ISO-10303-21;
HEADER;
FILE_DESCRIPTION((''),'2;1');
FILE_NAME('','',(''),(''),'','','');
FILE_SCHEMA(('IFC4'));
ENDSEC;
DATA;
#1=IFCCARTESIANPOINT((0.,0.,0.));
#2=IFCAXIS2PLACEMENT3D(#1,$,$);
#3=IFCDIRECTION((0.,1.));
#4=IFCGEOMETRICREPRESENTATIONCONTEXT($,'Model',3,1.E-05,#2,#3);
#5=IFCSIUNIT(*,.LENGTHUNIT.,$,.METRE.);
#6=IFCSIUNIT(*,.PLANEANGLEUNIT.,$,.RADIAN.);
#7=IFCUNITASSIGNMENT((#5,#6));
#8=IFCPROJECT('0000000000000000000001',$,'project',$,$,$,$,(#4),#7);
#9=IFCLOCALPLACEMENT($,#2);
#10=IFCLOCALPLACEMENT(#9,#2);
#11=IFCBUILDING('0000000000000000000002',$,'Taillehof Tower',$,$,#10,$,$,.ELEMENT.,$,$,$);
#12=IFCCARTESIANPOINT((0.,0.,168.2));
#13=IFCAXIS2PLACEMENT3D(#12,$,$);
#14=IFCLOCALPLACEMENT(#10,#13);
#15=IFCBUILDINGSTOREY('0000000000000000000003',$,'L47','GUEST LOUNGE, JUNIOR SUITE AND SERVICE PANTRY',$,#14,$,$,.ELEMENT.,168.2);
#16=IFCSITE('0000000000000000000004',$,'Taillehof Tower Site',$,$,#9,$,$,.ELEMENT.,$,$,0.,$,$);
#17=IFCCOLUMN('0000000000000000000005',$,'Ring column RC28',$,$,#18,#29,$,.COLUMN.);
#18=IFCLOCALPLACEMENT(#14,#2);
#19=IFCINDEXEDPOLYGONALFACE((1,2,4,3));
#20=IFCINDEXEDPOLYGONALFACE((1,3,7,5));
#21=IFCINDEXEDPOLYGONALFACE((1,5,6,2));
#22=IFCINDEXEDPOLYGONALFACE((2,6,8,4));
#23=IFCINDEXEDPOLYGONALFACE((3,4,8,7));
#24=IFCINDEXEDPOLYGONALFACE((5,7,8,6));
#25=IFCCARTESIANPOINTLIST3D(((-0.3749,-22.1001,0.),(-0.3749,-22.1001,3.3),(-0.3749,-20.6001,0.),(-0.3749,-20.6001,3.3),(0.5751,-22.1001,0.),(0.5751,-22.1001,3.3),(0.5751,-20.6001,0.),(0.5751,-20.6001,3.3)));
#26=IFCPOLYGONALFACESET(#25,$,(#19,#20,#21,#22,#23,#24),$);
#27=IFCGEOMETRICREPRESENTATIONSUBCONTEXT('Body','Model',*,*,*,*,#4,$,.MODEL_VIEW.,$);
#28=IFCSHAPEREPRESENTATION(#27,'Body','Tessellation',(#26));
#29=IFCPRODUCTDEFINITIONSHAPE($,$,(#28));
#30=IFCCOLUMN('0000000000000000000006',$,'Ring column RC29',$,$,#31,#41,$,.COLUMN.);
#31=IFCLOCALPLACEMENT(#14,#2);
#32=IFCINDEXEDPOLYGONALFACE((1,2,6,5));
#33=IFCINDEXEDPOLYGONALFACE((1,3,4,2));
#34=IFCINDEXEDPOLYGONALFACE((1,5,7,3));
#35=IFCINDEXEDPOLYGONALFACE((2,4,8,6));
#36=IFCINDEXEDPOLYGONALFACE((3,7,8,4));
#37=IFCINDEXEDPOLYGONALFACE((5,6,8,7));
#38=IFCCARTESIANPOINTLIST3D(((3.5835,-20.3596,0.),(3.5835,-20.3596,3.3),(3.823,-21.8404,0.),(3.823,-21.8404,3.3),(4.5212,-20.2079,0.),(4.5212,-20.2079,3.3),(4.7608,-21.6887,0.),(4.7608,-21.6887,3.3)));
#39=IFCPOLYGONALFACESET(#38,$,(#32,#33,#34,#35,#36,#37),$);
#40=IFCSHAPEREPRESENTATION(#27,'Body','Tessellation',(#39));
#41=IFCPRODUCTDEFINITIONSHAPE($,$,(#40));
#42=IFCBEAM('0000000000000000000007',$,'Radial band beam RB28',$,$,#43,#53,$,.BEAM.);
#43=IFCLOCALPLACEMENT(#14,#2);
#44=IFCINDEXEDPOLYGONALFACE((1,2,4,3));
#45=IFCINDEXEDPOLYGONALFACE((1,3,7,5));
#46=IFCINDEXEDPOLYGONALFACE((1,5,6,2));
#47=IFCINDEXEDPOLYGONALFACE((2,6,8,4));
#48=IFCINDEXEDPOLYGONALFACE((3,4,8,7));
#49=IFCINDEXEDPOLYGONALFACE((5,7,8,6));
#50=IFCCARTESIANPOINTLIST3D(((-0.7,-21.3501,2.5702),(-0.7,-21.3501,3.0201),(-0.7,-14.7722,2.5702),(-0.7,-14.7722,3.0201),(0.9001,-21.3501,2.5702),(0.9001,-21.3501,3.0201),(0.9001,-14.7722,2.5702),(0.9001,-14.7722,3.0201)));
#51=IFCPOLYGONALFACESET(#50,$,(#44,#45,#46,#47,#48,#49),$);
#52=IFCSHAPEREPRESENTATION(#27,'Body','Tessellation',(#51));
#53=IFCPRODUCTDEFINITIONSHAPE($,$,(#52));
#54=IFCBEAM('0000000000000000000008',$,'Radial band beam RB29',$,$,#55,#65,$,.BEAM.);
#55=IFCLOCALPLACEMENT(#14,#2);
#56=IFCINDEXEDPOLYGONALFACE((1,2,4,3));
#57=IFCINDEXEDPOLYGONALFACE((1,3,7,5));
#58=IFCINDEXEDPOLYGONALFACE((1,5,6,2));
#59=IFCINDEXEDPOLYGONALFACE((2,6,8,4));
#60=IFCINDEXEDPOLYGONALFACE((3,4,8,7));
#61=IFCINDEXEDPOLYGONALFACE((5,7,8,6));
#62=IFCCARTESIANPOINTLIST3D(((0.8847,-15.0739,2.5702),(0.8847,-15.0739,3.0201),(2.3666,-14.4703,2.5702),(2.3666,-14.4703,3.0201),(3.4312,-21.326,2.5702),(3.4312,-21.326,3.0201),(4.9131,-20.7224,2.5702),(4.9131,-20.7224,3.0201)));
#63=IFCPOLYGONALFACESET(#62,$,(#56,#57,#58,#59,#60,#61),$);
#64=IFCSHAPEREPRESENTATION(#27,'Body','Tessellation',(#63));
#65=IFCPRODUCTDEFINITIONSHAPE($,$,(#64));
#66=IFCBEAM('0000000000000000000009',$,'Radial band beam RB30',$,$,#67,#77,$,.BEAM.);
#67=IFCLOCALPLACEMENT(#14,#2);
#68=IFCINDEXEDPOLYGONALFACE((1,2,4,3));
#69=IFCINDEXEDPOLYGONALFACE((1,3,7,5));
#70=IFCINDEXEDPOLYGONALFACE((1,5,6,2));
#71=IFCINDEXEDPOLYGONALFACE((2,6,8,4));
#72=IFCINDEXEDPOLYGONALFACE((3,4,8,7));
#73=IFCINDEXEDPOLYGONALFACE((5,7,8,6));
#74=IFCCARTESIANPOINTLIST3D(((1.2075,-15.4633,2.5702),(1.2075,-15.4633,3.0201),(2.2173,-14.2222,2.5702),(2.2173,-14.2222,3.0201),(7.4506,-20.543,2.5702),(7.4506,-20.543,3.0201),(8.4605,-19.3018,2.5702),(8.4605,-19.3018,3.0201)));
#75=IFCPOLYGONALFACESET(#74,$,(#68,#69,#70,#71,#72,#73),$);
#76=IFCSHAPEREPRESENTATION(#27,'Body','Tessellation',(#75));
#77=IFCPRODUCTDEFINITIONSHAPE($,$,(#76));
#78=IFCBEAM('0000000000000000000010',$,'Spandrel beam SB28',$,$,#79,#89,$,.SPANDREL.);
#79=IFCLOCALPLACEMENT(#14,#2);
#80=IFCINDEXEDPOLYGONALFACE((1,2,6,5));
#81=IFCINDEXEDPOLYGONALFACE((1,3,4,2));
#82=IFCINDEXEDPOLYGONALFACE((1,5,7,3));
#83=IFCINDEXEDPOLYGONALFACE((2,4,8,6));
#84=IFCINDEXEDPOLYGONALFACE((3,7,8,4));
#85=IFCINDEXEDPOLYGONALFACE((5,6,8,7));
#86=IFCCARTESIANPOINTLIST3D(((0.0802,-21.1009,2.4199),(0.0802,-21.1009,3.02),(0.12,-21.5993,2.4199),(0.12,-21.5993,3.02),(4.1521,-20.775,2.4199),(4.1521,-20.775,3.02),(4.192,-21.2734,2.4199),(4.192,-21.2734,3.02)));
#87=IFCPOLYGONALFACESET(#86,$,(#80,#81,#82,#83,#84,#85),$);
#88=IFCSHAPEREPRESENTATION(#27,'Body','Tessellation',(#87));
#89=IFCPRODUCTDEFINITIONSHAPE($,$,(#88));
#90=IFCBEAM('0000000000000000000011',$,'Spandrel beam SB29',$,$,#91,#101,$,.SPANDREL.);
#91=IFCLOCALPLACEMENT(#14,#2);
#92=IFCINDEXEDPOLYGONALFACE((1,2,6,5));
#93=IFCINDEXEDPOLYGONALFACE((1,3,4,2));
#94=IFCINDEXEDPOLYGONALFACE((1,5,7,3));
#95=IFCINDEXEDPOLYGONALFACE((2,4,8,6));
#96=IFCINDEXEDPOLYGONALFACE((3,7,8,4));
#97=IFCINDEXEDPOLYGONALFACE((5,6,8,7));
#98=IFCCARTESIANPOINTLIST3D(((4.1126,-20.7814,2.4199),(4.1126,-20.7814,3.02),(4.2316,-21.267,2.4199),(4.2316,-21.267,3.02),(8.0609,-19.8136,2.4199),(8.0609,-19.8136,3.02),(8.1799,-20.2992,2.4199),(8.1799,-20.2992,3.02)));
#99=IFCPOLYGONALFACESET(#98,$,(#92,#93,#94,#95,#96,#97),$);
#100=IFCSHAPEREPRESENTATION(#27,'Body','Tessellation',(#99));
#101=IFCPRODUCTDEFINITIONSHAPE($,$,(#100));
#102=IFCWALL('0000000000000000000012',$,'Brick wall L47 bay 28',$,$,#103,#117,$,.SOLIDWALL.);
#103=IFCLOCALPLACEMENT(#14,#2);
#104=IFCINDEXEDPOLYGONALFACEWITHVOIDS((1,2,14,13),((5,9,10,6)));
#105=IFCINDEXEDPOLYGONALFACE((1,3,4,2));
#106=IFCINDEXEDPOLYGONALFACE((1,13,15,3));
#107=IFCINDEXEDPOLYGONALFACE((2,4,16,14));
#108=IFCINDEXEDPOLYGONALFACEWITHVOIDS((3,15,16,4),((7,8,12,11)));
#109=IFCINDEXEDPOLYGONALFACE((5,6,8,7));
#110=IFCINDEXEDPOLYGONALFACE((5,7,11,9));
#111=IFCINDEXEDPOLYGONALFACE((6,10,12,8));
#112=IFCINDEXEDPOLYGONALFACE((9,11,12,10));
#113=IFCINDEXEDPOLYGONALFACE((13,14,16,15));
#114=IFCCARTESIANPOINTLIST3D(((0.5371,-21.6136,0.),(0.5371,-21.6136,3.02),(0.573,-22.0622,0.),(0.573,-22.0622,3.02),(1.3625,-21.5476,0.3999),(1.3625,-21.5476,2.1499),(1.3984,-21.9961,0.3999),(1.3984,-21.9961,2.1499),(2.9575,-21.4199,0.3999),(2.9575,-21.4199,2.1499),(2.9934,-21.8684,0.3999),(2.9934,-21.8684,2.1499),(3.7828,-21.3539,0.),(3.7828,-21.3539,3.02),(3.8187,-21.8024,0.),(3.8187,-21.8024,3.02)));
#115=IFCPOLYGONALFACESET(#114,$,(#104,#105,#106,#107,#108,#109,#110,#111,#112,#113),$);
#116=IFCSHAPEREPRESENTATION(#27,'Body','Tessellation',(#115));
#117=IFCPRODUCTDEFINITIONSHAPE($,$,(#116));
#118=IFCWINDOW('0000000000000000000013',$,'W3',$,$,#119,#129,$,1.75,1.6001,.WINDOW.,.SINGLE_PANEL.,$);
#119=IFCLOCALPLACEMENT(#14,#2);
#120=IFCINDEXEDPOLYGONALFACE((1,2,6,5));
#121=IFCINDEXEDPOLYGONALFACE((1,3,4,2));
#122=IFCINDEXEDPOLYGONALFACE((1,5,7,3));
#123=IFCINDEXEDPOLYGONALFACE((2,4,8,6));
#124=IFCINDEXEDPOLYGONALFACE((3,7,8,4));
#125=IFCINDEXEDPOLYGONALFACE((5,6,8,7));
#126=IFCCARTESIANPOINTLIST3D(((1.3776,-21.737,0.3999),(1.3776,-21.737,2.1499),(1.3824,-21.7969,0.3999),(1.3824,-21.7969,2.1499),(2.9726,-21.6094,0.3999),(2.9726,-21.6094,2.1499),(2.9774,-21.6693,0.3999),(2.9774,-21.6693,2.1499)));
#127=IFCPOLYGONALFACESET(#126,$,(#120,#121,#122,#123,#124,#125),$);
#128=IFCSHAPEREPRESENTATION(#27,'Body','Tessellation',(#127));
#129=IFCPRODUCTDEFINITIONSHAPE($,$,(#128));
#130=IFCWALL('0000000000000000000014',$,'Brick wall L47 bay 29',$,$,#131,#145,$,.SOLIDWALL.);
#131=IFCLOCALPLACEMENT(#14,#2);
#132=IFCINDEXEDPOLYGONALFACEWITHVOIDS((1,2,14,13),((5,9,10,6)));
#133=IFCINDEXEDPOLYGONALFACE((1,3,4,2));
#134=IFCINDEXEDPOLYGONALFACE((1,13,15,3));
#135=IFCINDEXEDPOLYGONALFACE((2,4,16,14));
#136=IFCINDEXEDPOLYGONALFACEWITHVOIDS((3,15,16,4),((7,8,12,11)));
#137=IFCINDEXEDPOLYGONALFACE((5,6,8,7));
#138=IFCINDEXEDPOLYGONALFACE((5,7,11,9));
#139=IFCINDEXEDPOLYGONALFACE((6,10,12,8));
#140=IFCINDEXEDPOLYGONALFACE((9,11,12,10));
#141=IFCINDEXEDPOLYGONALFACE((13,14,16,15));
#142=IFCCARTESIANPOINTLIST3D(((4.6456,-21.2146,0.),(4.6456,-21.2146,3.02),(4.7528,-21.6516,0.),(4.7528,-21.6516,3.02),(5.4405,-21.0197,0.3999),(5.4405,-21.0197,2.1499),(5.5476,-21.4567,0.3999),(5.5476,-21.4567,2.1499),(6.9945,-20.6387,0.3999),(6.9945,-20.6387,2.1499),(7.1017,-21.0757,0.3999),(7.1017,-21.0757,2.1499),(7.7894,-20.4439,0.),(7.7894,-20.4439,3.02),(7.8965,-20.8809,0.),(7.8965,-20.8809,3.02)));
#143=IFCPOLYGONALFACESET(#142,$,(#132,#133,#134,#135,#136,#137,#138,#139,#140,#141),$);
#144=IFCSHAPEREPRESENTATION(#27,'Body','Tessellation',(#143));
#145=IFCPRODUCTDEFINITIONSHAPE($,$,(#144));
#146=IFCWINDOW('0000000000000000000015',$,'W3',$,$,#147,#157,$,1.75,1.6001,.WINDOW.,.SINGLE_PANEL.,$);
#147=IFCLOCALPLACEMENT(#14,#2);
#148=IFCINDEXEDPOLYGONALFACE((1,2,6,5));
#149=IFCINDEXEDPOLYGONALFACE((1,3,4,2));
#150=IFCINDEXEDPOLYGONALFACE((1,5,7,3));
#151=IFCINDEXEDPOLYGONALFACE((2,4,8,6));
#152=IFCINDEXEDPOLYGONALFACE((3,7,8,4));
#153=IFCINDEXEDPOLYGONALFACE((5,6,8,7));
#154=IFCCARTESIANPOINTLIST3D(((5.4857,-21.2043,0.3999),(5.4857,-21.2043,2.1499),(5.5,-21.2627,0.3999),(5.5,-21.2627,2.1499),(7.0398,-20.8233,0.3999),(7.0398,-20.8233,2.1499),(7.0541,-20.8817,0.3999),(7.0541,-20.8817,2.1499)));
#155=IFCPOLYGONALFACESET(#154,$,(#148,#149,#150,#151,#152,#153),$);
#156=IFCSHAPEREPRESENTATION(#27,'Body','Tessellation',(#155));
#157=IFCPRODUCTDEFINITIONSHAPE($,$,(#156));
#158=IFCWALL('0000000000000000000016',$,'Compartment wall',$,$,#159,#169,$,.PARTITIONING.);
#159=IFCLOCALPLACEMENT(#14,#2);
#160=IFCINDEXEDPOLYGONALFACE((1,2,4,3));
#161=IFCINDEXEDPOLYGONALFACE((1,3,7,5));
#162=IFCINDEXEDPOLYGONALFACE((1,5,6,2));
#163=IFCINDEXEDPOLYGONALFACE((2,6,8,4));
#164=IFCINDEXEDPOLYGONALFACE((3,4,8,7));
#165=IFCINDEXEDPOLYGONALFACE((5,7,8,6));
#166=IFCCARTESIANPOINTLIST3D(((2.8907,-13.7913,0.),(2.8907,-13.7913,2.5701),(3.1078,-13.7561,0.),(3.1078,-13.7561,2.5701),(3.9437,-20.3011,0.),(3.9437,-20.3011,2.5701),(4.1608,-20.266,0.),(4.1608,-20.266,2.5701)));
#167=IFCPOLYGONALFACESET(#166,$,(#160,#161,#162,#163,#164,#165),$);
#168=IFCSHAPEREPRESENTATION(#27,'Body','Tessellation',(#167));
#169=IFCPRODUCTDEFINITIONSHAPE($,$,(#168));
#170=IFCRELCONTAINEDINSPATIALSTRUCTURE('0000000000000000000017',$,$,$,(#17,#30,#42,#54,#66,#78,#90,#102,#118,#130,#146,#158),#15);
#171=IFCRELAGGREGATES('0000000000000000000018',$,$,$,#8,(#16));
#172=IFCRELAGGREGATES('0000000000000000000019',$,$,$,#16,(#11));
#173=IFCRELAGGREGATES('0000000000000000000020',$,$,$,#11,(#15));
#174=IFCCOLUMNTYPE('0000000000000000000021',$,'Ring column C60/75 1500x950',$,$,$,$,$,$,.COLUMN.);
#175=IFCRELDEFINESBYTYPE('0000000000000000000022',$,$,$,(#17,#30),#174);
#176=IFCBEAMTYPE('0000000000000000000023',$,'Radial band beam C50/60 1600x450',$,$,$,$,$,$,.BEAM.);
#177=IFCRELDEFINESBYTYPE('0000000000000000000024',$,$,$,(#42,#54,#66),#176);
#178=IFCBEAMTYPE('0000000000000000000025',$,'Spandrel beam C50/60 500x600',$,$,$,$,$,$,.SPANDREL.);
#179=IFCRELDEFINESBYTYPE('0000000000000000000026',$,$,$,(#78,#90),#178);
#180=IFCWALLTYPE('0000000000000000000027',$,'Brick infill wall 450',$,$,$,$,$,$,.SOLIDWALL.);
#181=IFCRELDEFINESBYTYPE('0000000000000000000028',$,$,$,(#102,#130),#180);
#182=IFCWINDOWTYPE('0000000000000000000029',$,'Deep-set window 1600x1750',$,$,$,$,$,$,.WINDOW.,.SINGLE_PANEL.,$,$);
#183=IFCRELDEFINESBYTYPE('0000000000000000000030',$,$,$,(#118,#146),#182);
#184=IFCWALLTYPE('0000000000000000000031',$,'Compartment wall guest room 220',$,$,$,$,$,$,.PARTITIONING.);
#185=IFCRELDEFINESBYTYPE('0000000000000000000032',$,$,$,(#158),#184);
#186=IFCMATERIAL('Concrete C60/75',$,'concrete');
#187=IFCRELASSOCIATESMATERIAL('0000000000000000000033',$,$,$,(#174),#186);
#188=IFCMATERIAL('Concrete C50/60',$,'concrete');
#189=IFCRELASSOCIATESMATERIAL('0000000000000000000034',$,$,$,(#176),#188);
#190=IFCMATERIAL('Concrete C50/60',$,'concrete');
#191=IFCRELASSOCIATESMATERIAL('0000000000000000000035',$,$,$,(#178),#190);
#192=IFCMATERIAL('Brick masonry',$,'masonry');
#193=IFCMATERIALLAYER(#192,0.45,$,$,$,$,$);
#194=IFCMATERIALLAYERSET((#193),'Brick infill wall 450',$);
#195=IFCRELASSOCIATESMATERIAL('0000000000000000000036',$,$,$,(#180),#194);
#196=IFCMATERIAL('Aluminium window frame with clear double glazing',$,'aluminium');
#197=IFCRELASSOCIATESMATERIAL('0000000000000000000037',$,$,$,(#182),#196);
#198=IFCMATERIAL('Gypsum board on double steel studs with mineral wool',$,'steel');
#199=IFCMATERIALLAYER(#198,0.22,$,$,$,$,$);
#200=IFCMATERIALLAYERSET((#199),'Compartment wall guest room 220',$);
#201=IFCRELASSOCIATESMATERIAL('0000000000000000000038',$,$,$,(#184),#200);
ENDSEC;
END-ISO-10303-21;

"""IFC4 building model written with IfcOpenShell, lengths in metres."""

from ifc_helpers import new_model, si_unit, direction, frame, frame_2d, origin, origin_2d, place, context, subcontext, project, spatial, rectangle, extrude, material, layer, layer_set, material_profile, profile_set, type_object, element, fill, save


model = new_model("IFC4")

# Units and contexts
model_context = context("Model", 3, precision=1e-05, world=origin(), true_north=direction((0.0, 1.0)))
body_context = subcontext(model_context, "Body", "Model", "MODEL_VIEW")
ifc_project = project(units=[si_unit("LENGTHUNIT", "METRE"), si_unit("PLANEANGLEUNIT", "RADIAN")], contexts=[model_context])

# Site, building, storey
site_placement = place(None, origin())
site = spatial("IfcSite", under=ifc_project, at=site_placement, Name="Taillehof Tower Site", CompositionType="ELEMENT", RefElevation=0.0)
building_placement = place(site_placement, origin())
building = spatial("IfcBuilding", under=site, at=building_placement, Name="Taillehof Tower", CompositionType="ELEMENT")
storey_placement = place(building_placement, frame((0.0, 0.0, 168.2)))
storey = spatial("IfcBuildingStorey", under=building, at=storey_placement, Name="L47", Description="GUEST LOUNGE, JUNIOR SUITE AND SERVICE PANTRY", CompositionType="ELEMENT", Elevation=168.2)

# Columns
ifc_material_1 = material(Name="Concrete C60/75", Category="concrete")
ifc_material_profile_1 = material_profile(ifc_material_1, rectangle(XDim=1.5, YDim=0.95, at=origin_2d()), Name="RC 1500x950")
ifc_profile_set_1 = profile_set([ifc_material_profile_1], Name="Concrete C60/75")
column_type = type_object("IfcColumnType", Name="Ring column C60/75 1500x950", PredefinedType="COLUMN", material=ifc_profile_set_1)
for number, where, z_axis, x_axis, name in (
    (1, (0.1001, -21.3501, 0.0), (0.0, 0.0, 1.0), (0.0, -1.0, 0.0), "Ring column RC28"),
    (2, (4.1721, -21.0242, 0.0), (0.0, 0.0, 1.0), (0.159679, -0.987169, 0.0), "Ring column RC29"),
):
    element("IfcColumn", number, at=place(storey_placement, frame(where, z_axis=z_axis, x_axis=x_axis)), inside=storey, type_object=column_type, Name=name, PredefinedType="COLUMN", context=body_context, shape_type="SweptSolid", body=[
        extrude(rectangle(XDim=1.5, YDim=0.95, at=origin_2d()), origin(), (0.0, 0.0, 1.0), 3.3),
    ])

# Beams
ifc_material_2 = material(Name="Concrete C50/60", Category="concrete")
ifc_material_profile_2 = material_profile(ifc_material_2, rectangle(XDim=1.6001, YDim=0.45, at=origin_2d()), Name="RC 1600x450")
ifc_profile_set_2 = profile_set([ifc_material_profile_2], Name="Concrete C50/60")
beam_type_1 = type_object("IfcBeamType", Name="Radial band beam C50/60 1600x450", PredefinedType="BEAM", material=ifc_profile_set_2)
beam_1_placement = place(storey_placement, frame((0.1001, -21.3501, 2.7952), z_axis=(0.0, 1.0, 0.0), x_axis=(-1.0, 0.0, 0.0)))
element("IfcBeam", 3, at=beam_1_placement, inside=storey, type_object=beam_type_1, Name="Radial band beam RB28", PredefinedType="BEAM", context=body_context, shape_type="SweptSolid", body=[
    extrude(rectangle(XDim=1.6001, YDim=0.45, at=origin_2d()), origin(), (0.0, 0.0, 1.0), 6.5779),
])
beam_2_placement = place(storey_placement, frame((4.1721, -21.0242, 2.7952), z_axis=(-0.377207, 0.926129, 0.0), x_axis=(-0.926129, -0.377207, 0.0)))
element("IfcBeam", 4, at=beam_2_placement, inside=storey, type_object=beam_type_1, Name="Radial band beam RB29", PredefinedType="BEAM", context=body_context, shape_type="SweptSolid", body=[
    extrude(rectangle(XDim=1.6001, YDim=0.45, at=origin_2d()), origin(), (0.0, 0.0, 1.0), 6.7507),
])
beam_3_placement = place(storey_placement, frame((7.9556, -19.9224, 2.7952), z_axis=(-0.775687, 0.631118, 0.0), x_axis=(-0.631118, -0.775687, 0.0)))
element("IfcBeam", 5, at=beam_3_placement, inside=storey, type_object=beam_type_1, Name="Radial band beam RB30", PredefinedType="BEAM", context=body_context, shape_type="SweptSolid", body=[
    extrude(rectangle(XDim=1.6001, YDim=0.45, at=origin_2d()), origin(), (0.0, 0.0, 1.0), 8.0486),
])
ifc_material_3 = material(Name="Concrete C50/60", Category="concrete")
ifc_material_profile_3 = material_profile(ifc_material_3, rectangle(XDim=0.5, YDim=0.6001, at=origin_2d()), Name="RC 500x600")
ifc_profile_set_3 = profile_set([ifc_material_profile_3], Name="Concrete C50/60")
beam_type_2 = type_object("IfcBeamType", Name="Spandrel beam C50/60 500x600", PredefinedType="SPANDREL", material=ifc_profile_set_3)
beam_4_placement = place(storey_placement, frame((0.1001, -21.3501, 2.72), z_axis=(0.996812, 0.079786, 0.0), x_axis=(-0.079786, 0.996812, 0.0)))
element("IfcBeam", 6, at=beam_4_placement, inside=storey, type_object=beam_type_2, Name="Spandrel beam SB28", PredefinedType="SPANDREL", context=body_context, shape_type="SweptSolid", body=[
    extrude(rectangle(XDim=0.5, YDim=0.6001, at=origin_2d()), origin(), (0.0, 0.0, 1.0), 4.085),
])
beam_5_placement = place(storey_placement, frame((4.1721, -21.0242, 2.72), z_axis=(0.971249, 0.238068, 0.0), x_axis=(-0.238068, 0.971249, 0.0)))
element("IfcBeam", 7, at=beam_5_placement, inside=storey, type_object=beam_type_2, Name="Spandrel beam SB29", PredefinedType="SPANDREL", context=body_context, shape_type="SweptSolid", body=[
    extrude(rectangle(XDim=0.5, YDim=0.6001, at=origin_2d()), origin(), (0.0, 0.0, 1.0), 4.0652),
])

# Walls, openings, windows
ifc_material_4 = material(Name="Brick masonry", Category="masonry")
ifc_layer_1 = layer(ifc_material_4, 0.45)
ifc_layer_set_1 = layer_set([ifc_layer_1], Name="Brick infill wall 450")
wall_type_1 = type_object("IfcWallType", Name="Brick infill wall 450", PredefinedType="SOLIDWALL", material=ifc_layer_set_1)
wall_1_placement = place(storey_placement, frame((0.5552, -21.8379, 0.0), z_axis=(0.0, 0.0, 1.0), x_axis=(0.996812, 0.079781, 0.0)))
wall_1 = element("IfcWall", 8, at=wall_1_placement, inside=storey, type_object=wall_type_1, Name="Brick wall L47 bay 28", PredefinedType="SOLIDWALL", context=body_context, shape_type="SweptSolid", body=[
    extrude(rectangle(XDim=3.2561, YDim=0.45, at=frame_2d((1.6279, 0.0))), origin(), (0.0, 0.0, 1.0), 3.02),
])
opening_1_placement = place(wall_1_placement, frame((0.8279, 0.0, 0.3999)))
opening_1 = element("IfcOpeningElement", 9, at=opening_1_placement, cuts=wall_1, PredefinedType="OPENING", context=body_context, shape_type="SweptSolid", body=[
    extrude(rectangle(XDim=1.6001, YDim=1.75, at=frame_2d((0.8, 0.875))), frame((0.0, 0.2349, 0.0), z_axis=(0.0, -1.0, 0.0), x_axis=(1.0, 0.0, 0.0)), (0.0, 0.0, 1.0), 0.47),
])
ifc_material_5 = material(Name="Aluminium window frame with clear double glazing", Category="aluminium")
window_type = type_object("IfcWindowType", Name="Deep-set window 1600x1750", PartitioningType="SINGLE_PANEL", PredefinedType="WINDOW", material=ifc_material_5)
window_1_placement = place(opening_1_placement, origin())
window_1 = element("IfcWindow", 10, at=window_1_placement, inside=storey, type_object=window_type, Name="W3", OverallHeight=1.75, OverallWidth=1.6001, PartitioningType="SINGLE_PANEL", PredefinedType="WINDOW", context=body_context, shape_type="SweptSolid", body=[
    extrude(rectangle(XDim=1.6001, YDim=1.75, at=frame_2d((0.8, 0.875))), frame((0.0, 0.0349, 0.0), z_axis=(0.0, -1.0, 0.0), x_axis=(1.0, 0.0, 0.0)), (0.0, 0.0, 1.0), 0.0601),
])
fill(opening_1, window_1)
wall_2_placement = place(storey_placement, frame((4.6992, -21.4331, 0.0), z_axis=(0.0, 0.0, 1.0), x_axis=(0.971237, 0.238114, 0.0)))
wall_2 = element("IfcWall", 11, at=wall_2_placement, inside=storey, type_object=wall_type_1, Name="Brick wall L47 bay 29", PredefinedType="SOLIDWALL", context=body_context, shape_type="SweptSolid", body=[
    extrude(rectangle(XDim=3.2368, YDim=0.45, at=frame_2d((1.6184, 0.0))), origin(), (0.0, 0.0, 1.0), 3.02),
])
opening_2_placement = place(wall_2_placement, frame((0.8184, 0.0, 0.3999)))
opening_2 = element("IfcOpeningElement", 12, at=opening_2_placement, cuts=wall_2, PredefinedType="OPENING", context=body_context, shape_type="SweptSolid", body=[
    extrude(rectangle(XDim=1.6001, YDim=1.75, at=frame_2d((0.8, 0.875))), frame((0.0, 0.2349, 0.0), z_axis=(0.0, -1.0, 0.0), x_axis=(1.0, 0.0, 0.0)), (0.0, 0.0, 1.0), 0.47),
])
window_2_placement = place(opening_2_placement, origin())
window_2 = element("IfcWindow", 13, at=window_2_placement, inside=storey, type_object=window_type, Name="W3", OverallHeight=1.75, OverallWidth=1.6001, PartitioningType="SINGLE_PANEL", PredefinedType="WINDOW", context=body_context, shape_type="SweptSolid", body=[
    extrude(rectangle(XDim=1.6001, YDim=1.75, at=frame_2d((0.8, 0.875))), frame((0.0, 0.0349, 0.0), z_axis=(0.0, -1.0, 0.0), x_axis=(1.0, 0.0, 0.0)), (0.0, 0.0, 1.0), 0.0601),
])
fill(opening_2, window_2)

# Wall
ifc_material_6 = material(Name="Gypsum board on double steel studs with mineral wool", Category="steel")
ifc_layer_2 = layer(ifc_material_6, 0.22)
ifc_layer_set_2 = layer_set([ifc_layer_2], Name="Compartment wall guest room 220")
wall_type_2 = type_object("IfcWallType", Name="Compartment wall guest room 220", PredefinedType="PARTITIONING", material=ifc_layer_set_2)
wall_3_placement = place(storey_placement, frame((4.0522, -20.2837, 0.0), z_axis=(0.0, 0.0, 1.0), x_axis=(-0.159678, 0.987169, 0.0)))
element("IfcWall", 14, at=wall_3_placement, inside=storey, type_object=wall_type_2, Name="Compartment wall", PredefinedType="PARTITIONING", context=body_context, shape_type="SweptSolid", body=[
    extrude(rectangle(XDim=6.5945, YDim=0.22, at=frame_2d((3.2974, 0.0))), origin(), (0.0, 0.0, 1.0), 2.5701),
])

save(model, "model.ifc")
